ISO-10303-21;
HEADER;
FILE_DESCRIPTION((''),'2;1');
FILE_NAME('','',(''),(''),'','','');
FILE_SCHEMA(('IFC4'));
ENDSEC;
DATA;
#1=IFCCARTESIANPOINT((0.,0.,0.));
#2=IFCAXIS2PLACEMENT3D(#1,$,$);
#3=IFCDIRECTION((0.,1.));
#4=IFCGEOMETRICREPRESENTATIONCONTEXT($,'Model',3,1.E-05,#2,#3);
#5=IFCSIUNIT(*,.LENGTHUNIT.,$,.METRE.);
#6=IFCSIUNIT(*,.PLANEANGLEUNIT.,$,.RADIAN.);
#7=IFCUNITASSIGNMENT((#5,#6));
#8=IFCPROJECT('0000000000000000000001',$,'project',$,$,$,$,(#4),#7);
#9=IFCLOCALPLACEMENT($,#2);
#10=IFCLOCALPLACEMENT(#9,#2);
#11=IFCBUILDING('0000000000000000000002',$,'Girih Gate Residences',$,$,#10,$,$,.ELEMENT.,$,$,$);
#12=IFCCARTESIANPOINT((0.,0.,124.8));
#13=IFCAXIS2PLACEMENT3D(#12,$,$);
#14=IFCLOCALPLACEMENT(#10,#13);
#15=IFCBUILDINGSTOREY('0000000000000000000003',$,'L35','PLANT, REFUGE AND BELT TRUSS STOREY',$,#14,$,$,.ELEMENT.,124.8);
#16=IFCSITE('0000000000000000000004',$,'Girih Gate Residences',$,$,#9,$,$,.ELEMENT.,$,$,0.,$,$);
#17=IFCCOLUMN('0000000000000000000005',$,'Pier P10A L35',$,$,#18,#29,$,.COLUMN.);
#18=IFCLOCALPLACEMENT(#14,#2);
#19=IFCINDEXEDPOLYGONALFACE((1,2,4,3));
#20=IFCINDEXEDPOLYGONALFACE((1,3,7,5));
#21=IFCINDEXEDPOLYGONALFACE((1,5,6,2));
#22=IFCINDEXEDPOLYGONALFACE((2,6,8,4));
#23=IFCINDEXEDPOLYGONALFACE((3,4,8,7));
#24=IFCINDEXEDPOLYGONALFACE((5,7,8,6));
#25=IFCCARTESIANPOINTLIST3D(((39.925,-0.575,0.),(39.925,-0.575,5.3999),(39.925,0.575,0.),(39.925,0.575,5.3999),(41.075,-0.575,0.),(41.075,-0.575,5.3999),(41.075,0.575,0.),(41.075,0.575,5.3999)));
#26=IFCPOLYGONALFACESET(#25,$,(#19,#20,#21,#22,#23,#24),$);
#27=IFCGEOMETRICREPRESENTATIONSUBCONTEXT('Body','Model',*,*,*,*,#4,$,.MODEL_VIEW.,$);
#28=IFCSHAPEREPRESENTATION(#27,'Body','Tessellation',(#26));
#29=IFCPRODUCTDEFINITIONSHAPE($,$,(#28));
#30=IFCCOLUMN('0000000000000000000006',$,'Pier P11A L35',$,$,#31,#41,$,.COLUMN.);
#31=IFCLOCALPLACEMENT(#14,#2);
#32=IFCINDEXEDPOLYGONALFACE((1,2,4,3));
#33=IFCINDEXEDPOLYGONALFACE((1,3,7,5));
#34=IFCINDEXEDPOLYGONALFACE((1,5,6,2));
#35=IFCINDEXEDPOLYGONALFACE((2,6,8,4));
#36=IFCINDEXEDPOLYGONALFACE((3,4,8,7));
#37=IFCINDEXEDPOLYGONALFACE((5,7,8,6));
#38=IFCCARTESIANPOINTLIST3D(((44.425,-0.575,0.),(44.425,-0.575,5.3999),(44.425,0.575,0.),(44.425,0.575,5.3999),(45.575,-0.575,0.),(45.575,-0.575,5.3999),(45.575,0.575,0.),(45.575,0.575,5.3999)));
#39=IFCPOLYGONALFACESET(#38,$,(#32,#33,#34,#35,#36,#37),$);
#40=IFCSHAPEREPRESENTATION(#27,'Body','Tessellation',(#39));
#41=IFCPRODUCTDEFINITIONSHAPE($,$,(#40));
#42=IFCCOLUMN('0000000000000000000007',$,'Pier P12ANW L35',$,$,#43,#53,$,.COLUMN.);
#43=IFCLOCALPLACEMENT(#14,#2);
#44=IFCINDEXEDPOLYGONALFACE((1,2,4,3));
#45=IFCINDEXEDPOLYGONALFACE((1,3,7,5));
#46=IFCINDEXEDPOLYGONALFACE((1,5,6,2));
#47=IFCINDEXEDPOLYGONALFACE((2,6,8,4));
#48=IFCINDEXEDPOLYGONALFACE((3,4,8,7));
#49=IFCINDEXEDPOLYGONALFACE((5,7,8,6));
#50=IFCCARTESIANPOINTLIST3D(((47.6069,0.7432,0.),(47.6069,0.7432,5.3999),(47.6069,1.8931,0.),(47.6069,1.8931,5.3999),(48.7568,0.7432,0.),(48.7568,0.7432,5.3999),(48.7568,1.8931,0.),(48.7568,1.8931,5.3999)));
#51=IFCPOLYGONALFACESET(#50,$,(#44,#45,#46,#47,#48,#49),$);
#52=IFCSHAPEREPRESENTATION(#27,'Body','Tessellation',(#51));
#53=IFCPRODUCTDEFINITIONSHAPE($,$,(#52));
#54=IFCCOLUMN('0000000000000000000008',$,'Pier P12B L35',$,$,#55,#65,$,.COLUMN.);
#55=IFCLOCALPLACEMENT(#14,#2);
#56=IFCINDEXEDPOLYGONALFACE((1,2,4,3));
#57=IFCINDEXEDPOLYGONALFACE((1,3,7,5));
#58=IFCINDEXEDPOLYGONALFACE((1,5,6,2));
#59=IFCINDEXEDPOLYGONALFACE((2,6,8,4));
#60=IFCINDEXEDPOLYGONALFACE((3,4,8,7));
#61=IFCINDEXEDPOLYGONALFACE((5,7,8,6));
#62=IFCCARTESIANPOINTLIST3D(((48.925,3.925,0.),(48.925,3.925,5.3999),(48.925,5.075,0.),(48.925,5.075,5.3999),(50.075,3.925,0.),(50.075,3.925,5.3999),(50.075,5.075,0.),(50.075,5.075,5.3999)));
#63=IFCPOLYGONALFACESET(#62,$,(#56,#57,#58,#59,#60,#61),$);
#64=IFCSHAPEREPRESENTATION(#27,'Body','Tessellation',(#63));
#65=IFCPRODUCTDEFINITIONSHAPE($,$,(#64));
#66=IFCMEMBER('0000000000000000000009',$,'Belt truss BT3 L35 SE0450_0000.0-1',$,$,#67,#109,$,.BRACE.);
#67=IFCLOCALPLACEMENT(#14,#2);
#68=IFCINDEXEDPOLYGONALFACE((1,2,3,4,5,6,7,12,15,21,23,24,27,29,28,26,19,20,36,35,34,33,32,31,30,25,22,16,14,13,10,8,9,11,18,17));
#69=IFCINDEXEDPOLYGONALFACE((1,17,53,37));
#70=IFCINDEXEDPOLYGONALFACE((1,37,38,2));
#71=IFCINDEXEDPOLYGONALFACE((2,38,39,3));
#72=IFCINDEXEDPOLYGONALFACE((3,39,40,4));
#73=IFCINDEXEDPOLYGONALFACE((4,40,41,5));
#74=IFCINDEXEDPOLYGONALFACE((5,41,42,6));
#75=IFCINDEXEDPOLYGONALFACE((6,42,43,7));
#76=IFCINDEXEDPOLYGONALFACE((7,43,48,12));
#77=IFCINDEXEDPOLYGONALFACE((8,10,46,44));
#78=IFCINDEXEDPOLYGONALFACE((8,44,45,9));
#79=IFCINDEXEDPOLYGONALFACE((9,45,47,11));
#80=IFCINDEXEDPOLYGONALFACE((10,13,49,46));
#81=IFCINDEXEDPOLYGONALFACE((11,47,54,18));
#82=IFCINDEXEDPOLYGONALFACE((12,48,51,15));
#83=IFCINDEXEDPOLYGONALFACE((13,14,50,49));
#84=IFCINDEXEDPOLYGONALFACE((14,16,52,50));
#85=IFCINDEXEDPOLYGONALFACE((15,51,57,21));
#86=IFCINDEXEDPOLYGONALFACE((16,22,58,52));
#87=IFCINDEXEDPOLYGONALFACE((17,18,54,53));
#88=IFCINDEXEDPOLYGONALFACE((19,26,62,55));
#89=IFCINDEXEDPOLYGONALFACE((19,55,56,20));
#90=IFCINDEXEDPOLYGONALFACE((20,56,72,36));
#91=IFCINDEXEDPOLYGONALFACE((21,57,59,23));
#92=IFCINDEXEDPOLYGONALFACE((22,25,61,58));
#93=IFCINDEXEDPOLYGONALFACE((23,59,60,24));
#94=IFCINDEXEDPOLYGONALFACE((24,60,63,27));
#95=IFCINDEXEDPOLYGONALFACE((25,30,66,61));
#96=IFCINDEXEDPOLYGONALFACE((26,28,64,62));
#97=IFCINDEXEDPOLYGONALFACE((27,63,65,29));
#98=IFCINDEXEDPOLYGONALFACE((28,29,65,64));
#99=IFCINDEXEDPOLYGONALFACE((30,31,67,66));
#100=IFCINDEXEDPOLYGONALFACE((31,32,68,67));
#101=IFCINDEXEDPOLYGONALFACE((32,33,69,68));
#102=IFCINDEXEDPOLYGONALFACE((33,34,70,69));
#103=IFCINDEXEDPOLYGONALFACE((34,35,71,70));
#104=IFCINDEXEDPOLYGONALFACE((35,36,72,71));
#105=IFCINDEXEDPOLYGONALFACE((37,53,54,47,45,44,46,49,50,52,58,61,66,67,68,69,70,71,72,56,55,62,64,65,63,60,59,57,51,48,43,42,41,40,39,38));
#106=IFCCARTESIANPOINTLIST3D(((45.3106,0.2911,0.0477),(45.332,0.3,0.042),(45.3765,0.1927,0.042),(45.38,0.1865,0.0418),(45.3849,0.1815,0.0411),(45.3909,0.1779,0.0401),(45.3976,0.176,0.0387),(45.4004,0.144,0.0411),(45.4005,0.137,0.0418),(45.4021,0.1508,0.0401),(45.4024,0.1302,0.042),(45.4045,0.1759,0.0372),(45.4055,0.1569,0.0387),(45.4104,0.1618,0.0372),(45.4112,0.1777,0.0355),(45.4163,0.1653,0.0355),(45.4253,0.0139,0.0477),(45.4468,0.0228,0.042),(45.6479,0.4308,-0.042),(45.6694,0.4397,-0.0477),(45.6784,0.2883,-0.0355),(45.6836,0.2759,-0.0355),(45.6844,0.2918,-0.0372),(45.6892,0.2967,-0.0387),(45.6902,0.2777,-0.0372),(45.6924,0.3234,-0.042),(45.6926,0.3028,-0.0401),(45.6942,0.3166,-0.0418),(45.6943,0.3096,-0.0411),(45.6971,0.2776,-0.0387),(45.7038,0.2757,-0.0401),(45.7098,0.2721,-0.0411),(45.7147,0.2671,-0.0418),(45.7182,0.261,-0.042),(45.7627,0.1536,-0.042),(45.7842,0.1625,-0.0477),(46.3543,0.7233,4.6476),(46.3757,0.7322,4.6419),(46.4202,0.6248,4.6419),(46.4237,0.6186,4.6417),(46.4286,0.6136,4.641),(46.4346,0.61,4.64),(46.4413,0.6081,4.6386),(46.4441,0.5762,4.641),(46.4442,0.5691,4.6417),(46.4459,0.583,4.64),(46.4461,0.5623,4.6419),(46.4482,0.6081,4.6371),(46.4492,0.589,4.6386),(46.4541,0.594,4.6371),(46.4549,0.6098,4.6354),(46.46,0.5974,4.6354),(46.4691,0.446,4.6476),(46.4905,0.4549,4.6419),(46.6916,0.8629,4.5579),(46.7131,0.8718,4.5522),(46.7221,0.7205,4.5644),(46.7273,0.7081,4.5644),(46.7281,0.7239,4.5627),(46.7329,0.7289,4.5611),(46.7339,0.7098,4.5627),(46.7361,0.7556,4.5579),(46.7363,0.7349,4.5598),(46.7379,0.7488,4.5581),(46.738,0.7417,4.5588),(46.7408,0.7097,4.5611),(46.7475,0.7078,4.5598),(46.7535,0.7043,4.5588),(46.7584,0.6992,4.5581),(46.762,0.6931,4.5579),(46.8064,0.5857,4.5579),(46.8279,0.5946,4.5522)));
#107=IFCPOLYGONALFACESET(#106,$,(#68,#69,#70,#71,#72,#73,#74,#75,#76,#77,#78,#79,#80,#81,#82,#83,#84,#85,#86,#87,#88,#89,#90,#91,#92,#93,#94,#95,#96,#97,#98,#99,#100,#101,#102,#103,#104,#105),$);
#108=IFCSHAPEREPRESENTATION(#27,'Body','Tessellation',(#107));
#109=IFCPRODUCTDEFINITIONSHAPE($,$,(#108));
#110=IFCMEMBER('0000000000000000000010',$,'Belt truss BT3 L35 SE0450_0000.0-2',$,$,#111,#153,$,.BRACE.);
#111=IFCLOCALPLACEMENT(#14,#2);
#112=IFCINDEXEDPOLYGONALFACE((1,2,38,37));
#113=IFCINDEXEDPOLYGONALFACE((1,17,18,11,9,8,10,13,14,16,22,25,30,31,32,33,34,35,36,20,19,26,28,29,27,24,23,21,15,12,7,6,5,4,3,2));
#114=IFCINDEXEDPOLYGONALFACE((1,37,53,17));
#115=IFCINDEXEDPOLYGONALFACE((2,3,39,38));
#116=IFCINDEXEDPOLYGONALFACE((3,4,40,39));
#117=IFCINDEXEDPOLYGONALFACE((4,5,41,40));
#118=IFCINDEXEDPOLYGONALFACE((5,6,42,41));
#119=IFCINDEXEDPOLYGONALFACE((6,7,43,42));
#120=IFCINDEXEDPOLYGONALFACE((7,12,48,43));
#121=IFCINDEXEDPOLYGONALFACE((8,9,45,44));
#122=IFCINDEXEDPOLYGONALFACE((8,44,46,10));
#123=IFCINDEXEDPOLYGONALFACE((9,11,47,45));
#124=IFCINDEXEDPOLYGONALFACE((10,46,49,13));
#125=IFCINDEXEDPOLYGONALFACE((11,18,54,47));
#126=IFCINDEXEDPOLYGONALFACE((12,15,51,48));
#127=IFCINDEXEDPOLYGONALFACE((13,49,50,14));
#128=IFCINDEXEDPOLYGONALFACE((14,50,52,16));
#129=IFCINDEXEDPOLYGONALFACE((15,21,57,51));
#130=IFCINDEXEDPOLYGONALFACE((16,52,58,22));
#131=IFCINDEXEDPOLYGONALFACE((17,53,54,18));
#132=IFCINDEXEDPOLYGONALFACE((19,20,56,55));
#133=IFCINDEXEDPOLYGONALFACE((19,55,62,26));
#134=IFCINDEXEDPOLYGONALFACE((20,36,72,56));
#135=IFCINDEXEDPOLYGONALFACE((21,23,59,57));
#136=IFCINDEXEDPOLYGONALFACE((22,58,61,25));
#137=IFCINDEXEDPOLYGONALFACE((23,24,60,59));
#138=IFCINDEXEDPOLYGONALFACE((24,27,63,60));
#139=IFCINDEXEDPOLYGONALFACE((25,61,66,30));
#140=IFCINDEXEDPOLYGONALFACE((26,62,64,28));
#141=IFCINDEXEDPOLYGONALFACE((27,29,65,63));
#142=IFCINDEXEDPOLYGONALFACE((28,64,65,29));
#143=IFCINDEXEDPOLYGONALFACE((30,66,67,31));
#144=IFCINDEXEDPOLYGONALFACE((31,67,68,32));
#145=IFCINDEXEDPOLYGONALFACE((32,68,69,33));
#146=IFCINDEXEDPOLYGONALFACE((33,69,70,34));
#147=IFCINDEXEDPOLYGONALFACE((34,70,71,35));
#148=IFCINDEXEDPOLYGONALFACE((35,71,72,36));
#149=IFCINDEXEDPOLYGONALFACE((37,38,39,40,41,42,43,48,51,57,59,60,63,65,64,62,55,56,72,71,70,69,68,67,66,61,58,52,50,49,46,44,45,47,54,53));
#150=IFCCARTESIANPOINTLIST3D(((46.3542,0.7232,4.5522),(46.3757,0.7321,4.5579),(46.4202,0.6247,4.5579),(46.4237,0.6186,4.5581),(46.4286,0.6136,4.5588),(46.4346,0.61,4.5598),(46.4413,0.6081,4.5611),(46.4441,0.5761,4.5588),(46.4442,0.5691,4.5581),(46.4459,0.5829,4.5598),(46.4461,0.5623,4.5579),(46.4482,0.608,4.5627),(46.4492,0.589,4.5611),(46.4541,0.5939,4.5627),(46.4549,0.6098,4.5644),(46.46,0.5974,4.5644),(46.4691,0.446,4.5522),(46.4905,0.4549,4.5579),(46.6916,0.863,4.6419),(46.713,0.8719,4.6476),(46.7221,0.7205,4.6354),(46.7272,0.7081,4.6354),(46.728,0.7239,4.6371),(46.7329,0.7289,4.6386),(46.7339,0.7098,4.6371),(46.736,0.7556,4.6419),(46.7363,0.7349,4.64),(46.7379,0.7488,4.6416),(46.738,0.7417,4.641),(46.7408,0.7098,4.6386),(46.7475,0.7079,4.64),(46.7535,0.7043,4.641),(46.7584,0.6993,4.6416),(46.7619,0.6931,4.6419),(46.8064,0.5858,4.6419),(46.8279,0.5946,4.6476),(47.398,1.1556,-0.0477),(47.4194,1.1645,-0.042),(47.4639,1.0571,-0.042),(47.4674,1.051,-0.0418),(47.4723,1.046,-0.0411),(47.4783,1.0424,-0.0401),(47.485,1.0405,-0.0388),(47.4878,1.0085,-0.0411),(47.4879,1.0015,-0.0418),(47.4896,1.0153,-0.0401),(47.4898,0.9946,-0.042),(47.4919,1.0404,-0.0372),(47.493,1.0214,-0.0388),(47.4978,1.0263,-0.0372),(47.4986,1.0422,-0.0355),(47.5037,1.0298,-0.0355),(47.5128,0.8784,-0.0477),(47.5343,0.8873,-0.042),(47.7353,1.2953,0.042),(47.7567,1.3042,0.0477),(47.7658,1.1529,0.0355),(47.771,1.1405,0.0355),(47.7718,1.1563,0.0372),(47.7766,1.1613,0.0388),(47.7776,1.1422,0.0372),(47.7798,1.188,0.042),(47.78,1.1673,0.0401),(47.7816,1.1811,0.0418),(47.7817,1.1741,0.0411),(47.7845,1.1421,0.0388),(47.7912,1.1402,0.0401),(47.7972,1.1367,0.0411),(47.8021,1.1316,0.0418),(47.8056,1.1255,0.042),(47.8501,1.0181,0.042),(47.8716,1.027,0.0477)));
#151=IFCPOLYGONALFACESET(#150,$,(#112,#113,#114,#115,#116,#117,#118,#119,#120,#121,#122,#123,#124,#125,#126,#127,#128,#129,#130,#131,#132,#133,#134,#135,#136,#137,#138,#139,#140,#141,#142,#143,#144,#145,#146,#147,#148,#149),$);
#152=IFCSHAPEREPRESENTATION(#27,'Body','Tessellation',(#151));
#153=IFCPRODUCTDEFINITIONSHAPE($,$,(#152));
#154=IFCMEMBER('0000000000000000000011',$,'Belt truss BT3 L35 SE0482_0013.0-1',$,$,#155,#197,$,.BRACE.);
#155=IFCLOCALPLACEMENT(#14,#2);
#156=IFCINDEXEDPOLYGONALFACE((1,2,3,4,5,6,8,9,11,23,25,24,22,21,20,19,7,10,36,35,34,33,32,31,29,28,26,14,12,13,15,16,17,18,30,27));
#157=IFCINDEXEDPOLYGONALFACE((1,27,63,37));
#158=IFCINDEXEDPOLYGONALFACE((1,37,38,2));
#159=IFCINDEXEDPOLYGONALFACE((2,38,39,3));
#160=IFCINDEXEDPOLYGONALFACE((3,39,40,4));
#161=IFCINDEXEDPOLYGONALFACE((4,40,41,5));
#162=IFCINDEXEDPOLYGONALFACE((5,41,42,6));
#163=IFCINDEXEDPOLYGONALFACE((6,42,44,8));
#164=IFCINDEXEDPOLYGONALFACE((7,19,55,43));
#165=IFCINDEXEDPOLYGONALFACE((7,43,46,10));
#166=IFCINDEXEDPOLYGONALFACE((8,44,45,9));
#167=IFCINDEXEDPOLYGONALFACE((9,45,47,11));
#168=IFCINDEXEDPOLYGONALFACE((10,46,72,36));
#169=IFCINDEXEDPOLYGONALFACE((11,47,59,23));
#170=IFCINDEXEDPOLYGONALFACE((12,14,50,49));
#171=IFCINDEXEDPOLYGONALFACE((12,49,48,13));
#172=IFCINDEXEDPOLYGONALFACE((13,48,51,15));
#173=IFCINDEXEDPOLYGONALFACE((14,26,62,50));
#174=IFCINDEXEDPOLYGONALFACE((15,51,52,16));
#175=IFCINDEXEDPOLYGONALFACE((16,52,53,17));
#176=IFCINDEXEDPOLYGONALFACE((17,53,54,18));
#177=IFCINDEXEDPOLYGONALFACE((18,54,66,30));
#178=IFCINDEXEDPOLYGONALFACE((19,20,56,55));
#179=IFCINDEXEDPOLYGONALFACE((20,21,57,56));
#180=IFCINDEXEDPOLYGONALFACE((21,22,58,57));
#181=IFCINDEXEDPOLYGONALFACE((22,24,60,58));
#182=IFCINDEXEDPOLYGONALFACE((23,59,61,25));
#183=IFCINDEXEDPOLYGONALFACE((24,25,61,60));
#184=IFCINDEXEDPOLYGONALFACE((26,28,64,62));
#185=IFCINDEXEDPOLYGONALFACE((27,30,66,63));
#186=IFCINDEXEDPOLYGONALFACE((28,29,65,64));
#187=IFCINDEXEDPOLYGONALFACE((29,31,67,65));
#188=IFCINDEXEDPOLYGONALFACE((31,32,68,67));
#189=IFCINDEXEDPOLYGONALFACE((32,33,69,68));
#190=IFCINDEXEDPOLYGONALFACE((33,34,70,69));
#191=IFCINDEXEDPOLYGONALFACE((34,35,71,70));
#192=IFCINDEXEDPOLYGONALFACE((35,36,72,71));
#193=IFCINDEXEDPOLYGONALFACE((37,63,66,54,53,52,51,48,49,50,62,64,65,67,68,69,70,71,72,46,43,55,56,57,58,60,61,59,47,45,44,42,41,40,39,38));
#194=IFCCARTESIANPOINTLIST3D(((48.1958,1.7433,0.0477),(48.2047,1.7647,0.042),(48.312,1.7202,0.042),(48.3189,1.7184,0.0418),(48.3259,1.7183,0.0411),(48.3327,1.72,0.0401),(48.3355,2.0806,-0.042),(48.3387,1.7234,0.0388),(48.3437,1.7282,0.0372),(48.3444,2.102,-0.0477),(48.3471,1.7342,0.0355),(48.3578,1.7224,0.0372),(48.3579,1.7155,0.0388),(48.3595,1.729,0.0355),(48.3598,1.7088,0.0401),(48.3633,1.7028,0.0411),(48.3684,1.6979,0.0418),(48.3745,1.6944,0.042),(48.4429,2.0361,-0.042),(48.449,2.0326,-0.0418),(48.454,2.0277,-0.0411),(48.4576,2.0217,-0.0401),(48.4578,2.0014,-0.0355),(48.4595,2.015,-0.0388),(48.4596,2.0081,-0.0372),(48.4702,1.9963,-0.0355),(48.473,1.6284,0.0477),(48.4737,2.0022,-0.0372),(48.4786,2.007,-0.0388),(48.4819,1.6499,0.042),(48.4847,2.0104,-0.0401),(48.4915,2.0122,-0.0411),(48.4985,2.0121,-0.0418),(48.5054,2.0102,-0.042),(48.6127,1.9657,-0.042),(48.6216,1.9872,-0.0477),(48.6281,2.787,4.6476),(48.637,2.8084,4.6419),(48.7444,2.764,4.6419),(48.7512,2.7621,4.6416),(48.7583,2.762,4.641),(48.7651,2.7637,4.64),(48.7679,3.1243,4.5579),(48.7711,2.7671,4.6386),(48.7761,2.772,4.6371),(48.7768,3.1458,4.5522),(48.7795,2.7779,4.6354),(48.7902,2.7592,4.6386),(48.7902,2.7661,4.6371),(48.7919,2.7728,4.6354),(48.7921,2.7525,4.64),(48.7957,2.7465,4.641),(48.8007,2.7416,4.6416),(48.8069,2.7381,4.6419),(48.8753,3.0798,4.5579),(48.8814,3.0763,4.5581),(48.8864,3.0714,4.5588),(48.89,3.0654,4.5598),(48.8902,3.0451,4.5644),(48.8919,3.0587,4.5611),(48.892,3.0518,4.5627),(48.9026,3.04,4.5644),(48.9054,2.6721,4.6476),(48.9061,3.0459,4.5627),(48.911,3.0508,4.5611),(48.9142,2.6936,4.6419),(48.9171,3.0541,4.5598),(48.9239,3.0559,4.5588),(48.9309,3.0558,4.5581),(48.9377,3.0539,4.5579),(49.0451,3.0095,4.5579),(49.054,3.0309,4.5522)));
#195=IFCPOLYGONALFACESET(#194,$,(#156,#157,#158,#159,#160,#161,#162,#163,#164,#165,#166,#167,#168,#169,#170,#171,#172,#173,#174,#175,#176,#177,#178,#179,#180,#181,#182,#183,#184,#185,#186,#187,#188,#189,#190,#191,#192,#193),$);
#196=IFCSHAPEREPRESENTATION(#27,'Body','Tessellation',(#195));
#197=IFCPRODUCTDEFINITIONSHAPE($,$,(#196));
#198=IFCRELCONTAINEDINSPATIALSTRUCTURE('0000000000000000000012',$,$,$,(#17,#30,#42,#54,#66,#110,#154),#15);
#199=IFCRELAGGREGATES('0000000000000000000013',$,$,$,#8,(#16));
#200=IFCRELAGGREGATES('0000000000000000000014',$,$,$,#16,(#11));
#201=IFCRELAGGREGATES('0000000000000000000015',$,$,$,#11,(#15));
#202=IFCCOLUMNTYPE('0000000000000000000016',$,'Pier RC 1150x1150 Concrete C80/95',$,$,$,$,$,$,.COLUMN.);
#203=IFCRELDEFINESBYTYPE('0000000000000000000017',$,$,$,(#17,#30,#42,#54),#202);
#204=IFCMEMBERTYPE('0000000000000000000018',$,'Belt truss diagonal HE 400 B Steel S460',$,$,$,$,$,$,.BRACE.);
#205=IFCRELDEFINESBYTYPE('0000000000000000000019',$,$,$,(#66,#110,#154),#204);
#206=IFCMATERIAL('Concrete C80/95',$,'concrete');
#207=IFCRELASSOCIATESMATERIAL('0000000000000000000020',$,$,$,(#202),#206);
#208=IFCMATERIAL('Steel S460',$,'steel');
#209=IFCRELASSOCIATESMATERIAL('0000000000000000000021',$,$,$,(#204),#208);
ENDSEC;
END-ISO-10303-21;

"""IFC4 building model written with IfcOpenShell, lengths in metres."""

from ifc_helpers import new_model, si_unit, direction, frame, origin, origin_2d, place, context, subcontext, project, spatial, rectangle, i_section, extrude, material, material_profile, profile_set, type_object, element, save


model = new_model("IFC4")

# Units and contexts
model_context = context("Model", 3, precision=1e-05, world=origin(), true_north=direction((0.0, 1.0)))
body_context = subcontext(model_context, "Body", "Model", "MODEL_VIEW")
ifc_project = project(units=[si_unit("LENGTHUNIT", "METRE"), si_unit("PLANEANGLEUNIT", "RADIAN")], contexts=[model_context])

# Site, building, storey
site_placement = place(None, origin())
site = spatial("IfcSite", under=ifc_project, at=site_placement, Name="Girih Gate Residences", CompositionType="ELEMENT", RefElevation=0.0)
building_placement = place(site_placement, origin())
building = spatial("IfcBuilding", under=site, at=building_placement, Name="Girih Gate Residences", CompositionType="ELEMENT")
storey_placement = place(building_placement, frame((0.0, 0.0, 124.8)))
storey = spatial("IfcBuildingStorey", under=building, at=storey_placement, Name="L35", Description="PLANT, REFUGE AND BELT TRUSS STOREY", CompositionType="ELEMENT", Elevation=124.8)

# Columns
ifc_material_1 = material(Name="Concrete C80/95", Category="concrete")
ifc_material_profile_1 = material_profile(ifc_material_1, rectangle(XDim=1.1499, YDim=1.1499, at=origin_2d()))
ifc_profile_set_1 = profile_set([ifc_material_profile_1], Name="Concrete C80/95")
column_type = type_object("IfcColumnType", Name="Pier RC 1150x1150 Concrete C80/95", PredefinedType="COLUMN", material=ifc_profile_set_1)
for number, where, z_axis, x_axis, name in (
    (1, (40.5, 0.0, 0.0), (0.0, 0.0, 1.0), (1.0, 0.0, 0.0), "Pier P10A L35"),
    (2, (45.0, 0.0, 0.0), (0.0, 0.0, 1.0), (1.0, 0.0, 0.0), "Pier P11A L35"),
    (3, (48.1819, 1.3181, 0.0), (0.0, 0.0, 1.0), (1.0, 0.0, 0.0), "Pier P12ANW L35"),
    (4, (49.5, 4.5, 0.0), (0.0, 0.0, 1.0), (1.0, 0.0, 0.0), "Pier P12B L35"),
):
    element("IfcColumn", number, at=place(storey_placement, frame(where, z_axis=z_axis, x_axis=x_axis)), inside=storey, type_object=column_type, Name=name, PredefinedType="COLUMN", context=body_context, shape_type="SweptSolid", body=[
        extrude(rectangle(XDim=1.1499, YDim=1.1499, at=origin_2d()), origin(), (0.0, 0.0, 1.0), 5.3999),
    ])

# Members
ifc_material_2 = material(Name="Steel S460", Category="steel")
ifc_material_profile_2 = material_profile(ifc_material_2, i_section(OverallWidth=0.3, OverallDepth=0.3999, WebThickness=0.0134, FlangeThickness=0.0239, FilletRadius=0.0271, at=origin_2d()))
ifc_profile_set_2 = profile_set([ifc_material_profile_2], Name="Steel S460")
member_type_1 = type_object("IfcMemberType", Name="Belt truss diagonal HE 400 B Steel S460", PredefinedType="BRACE", material=ifc_profile_set_2)
for number, where, z_axis, x_axis, name in (
    (5, (45.5474, 0.2268, 0.0), (0.220352, 0.091233, 0.971145), (-0.382543, 0.923938, 0.0), "Belt truss BT3 L35 SE0450_0000.0-1"),
    (6, (47.6348, 1.0913, 0.0), (-0.22035, -0.091284, 0.97114), (0.382727, -0.923861, 0.0), "Belt truss BT3 L35 SE0450_0000.0-2"),
    (7, (48.4087, 1.8652, 0.0), (0.091284, 0.22035, 0.97114), (-0.923861, 0.382727, 0.0), "Belt truss BT3 L35 SE0482_0013.0-1"),
):
    element("IfcMember", number, at=place(storey_placement, frame(where, z_axis=z_axis, x_axis=x_axis)), inside=storey, type_object=member_type_1, Name=name, PredefinedType="BRACE", context=body_context, shape_type="SweptSolid", body=[
        extrude(i_section(OverallWidth=0.3, OverallDepth=0.3999, WebThickness=0.0134, FlangeThickness=0.0239, FilletRadius=0.0271, at=origin_2d()), origin(), (0.0, 0.0, 1.0), 4.7366),
    ])

save(model, "model.ifc")
